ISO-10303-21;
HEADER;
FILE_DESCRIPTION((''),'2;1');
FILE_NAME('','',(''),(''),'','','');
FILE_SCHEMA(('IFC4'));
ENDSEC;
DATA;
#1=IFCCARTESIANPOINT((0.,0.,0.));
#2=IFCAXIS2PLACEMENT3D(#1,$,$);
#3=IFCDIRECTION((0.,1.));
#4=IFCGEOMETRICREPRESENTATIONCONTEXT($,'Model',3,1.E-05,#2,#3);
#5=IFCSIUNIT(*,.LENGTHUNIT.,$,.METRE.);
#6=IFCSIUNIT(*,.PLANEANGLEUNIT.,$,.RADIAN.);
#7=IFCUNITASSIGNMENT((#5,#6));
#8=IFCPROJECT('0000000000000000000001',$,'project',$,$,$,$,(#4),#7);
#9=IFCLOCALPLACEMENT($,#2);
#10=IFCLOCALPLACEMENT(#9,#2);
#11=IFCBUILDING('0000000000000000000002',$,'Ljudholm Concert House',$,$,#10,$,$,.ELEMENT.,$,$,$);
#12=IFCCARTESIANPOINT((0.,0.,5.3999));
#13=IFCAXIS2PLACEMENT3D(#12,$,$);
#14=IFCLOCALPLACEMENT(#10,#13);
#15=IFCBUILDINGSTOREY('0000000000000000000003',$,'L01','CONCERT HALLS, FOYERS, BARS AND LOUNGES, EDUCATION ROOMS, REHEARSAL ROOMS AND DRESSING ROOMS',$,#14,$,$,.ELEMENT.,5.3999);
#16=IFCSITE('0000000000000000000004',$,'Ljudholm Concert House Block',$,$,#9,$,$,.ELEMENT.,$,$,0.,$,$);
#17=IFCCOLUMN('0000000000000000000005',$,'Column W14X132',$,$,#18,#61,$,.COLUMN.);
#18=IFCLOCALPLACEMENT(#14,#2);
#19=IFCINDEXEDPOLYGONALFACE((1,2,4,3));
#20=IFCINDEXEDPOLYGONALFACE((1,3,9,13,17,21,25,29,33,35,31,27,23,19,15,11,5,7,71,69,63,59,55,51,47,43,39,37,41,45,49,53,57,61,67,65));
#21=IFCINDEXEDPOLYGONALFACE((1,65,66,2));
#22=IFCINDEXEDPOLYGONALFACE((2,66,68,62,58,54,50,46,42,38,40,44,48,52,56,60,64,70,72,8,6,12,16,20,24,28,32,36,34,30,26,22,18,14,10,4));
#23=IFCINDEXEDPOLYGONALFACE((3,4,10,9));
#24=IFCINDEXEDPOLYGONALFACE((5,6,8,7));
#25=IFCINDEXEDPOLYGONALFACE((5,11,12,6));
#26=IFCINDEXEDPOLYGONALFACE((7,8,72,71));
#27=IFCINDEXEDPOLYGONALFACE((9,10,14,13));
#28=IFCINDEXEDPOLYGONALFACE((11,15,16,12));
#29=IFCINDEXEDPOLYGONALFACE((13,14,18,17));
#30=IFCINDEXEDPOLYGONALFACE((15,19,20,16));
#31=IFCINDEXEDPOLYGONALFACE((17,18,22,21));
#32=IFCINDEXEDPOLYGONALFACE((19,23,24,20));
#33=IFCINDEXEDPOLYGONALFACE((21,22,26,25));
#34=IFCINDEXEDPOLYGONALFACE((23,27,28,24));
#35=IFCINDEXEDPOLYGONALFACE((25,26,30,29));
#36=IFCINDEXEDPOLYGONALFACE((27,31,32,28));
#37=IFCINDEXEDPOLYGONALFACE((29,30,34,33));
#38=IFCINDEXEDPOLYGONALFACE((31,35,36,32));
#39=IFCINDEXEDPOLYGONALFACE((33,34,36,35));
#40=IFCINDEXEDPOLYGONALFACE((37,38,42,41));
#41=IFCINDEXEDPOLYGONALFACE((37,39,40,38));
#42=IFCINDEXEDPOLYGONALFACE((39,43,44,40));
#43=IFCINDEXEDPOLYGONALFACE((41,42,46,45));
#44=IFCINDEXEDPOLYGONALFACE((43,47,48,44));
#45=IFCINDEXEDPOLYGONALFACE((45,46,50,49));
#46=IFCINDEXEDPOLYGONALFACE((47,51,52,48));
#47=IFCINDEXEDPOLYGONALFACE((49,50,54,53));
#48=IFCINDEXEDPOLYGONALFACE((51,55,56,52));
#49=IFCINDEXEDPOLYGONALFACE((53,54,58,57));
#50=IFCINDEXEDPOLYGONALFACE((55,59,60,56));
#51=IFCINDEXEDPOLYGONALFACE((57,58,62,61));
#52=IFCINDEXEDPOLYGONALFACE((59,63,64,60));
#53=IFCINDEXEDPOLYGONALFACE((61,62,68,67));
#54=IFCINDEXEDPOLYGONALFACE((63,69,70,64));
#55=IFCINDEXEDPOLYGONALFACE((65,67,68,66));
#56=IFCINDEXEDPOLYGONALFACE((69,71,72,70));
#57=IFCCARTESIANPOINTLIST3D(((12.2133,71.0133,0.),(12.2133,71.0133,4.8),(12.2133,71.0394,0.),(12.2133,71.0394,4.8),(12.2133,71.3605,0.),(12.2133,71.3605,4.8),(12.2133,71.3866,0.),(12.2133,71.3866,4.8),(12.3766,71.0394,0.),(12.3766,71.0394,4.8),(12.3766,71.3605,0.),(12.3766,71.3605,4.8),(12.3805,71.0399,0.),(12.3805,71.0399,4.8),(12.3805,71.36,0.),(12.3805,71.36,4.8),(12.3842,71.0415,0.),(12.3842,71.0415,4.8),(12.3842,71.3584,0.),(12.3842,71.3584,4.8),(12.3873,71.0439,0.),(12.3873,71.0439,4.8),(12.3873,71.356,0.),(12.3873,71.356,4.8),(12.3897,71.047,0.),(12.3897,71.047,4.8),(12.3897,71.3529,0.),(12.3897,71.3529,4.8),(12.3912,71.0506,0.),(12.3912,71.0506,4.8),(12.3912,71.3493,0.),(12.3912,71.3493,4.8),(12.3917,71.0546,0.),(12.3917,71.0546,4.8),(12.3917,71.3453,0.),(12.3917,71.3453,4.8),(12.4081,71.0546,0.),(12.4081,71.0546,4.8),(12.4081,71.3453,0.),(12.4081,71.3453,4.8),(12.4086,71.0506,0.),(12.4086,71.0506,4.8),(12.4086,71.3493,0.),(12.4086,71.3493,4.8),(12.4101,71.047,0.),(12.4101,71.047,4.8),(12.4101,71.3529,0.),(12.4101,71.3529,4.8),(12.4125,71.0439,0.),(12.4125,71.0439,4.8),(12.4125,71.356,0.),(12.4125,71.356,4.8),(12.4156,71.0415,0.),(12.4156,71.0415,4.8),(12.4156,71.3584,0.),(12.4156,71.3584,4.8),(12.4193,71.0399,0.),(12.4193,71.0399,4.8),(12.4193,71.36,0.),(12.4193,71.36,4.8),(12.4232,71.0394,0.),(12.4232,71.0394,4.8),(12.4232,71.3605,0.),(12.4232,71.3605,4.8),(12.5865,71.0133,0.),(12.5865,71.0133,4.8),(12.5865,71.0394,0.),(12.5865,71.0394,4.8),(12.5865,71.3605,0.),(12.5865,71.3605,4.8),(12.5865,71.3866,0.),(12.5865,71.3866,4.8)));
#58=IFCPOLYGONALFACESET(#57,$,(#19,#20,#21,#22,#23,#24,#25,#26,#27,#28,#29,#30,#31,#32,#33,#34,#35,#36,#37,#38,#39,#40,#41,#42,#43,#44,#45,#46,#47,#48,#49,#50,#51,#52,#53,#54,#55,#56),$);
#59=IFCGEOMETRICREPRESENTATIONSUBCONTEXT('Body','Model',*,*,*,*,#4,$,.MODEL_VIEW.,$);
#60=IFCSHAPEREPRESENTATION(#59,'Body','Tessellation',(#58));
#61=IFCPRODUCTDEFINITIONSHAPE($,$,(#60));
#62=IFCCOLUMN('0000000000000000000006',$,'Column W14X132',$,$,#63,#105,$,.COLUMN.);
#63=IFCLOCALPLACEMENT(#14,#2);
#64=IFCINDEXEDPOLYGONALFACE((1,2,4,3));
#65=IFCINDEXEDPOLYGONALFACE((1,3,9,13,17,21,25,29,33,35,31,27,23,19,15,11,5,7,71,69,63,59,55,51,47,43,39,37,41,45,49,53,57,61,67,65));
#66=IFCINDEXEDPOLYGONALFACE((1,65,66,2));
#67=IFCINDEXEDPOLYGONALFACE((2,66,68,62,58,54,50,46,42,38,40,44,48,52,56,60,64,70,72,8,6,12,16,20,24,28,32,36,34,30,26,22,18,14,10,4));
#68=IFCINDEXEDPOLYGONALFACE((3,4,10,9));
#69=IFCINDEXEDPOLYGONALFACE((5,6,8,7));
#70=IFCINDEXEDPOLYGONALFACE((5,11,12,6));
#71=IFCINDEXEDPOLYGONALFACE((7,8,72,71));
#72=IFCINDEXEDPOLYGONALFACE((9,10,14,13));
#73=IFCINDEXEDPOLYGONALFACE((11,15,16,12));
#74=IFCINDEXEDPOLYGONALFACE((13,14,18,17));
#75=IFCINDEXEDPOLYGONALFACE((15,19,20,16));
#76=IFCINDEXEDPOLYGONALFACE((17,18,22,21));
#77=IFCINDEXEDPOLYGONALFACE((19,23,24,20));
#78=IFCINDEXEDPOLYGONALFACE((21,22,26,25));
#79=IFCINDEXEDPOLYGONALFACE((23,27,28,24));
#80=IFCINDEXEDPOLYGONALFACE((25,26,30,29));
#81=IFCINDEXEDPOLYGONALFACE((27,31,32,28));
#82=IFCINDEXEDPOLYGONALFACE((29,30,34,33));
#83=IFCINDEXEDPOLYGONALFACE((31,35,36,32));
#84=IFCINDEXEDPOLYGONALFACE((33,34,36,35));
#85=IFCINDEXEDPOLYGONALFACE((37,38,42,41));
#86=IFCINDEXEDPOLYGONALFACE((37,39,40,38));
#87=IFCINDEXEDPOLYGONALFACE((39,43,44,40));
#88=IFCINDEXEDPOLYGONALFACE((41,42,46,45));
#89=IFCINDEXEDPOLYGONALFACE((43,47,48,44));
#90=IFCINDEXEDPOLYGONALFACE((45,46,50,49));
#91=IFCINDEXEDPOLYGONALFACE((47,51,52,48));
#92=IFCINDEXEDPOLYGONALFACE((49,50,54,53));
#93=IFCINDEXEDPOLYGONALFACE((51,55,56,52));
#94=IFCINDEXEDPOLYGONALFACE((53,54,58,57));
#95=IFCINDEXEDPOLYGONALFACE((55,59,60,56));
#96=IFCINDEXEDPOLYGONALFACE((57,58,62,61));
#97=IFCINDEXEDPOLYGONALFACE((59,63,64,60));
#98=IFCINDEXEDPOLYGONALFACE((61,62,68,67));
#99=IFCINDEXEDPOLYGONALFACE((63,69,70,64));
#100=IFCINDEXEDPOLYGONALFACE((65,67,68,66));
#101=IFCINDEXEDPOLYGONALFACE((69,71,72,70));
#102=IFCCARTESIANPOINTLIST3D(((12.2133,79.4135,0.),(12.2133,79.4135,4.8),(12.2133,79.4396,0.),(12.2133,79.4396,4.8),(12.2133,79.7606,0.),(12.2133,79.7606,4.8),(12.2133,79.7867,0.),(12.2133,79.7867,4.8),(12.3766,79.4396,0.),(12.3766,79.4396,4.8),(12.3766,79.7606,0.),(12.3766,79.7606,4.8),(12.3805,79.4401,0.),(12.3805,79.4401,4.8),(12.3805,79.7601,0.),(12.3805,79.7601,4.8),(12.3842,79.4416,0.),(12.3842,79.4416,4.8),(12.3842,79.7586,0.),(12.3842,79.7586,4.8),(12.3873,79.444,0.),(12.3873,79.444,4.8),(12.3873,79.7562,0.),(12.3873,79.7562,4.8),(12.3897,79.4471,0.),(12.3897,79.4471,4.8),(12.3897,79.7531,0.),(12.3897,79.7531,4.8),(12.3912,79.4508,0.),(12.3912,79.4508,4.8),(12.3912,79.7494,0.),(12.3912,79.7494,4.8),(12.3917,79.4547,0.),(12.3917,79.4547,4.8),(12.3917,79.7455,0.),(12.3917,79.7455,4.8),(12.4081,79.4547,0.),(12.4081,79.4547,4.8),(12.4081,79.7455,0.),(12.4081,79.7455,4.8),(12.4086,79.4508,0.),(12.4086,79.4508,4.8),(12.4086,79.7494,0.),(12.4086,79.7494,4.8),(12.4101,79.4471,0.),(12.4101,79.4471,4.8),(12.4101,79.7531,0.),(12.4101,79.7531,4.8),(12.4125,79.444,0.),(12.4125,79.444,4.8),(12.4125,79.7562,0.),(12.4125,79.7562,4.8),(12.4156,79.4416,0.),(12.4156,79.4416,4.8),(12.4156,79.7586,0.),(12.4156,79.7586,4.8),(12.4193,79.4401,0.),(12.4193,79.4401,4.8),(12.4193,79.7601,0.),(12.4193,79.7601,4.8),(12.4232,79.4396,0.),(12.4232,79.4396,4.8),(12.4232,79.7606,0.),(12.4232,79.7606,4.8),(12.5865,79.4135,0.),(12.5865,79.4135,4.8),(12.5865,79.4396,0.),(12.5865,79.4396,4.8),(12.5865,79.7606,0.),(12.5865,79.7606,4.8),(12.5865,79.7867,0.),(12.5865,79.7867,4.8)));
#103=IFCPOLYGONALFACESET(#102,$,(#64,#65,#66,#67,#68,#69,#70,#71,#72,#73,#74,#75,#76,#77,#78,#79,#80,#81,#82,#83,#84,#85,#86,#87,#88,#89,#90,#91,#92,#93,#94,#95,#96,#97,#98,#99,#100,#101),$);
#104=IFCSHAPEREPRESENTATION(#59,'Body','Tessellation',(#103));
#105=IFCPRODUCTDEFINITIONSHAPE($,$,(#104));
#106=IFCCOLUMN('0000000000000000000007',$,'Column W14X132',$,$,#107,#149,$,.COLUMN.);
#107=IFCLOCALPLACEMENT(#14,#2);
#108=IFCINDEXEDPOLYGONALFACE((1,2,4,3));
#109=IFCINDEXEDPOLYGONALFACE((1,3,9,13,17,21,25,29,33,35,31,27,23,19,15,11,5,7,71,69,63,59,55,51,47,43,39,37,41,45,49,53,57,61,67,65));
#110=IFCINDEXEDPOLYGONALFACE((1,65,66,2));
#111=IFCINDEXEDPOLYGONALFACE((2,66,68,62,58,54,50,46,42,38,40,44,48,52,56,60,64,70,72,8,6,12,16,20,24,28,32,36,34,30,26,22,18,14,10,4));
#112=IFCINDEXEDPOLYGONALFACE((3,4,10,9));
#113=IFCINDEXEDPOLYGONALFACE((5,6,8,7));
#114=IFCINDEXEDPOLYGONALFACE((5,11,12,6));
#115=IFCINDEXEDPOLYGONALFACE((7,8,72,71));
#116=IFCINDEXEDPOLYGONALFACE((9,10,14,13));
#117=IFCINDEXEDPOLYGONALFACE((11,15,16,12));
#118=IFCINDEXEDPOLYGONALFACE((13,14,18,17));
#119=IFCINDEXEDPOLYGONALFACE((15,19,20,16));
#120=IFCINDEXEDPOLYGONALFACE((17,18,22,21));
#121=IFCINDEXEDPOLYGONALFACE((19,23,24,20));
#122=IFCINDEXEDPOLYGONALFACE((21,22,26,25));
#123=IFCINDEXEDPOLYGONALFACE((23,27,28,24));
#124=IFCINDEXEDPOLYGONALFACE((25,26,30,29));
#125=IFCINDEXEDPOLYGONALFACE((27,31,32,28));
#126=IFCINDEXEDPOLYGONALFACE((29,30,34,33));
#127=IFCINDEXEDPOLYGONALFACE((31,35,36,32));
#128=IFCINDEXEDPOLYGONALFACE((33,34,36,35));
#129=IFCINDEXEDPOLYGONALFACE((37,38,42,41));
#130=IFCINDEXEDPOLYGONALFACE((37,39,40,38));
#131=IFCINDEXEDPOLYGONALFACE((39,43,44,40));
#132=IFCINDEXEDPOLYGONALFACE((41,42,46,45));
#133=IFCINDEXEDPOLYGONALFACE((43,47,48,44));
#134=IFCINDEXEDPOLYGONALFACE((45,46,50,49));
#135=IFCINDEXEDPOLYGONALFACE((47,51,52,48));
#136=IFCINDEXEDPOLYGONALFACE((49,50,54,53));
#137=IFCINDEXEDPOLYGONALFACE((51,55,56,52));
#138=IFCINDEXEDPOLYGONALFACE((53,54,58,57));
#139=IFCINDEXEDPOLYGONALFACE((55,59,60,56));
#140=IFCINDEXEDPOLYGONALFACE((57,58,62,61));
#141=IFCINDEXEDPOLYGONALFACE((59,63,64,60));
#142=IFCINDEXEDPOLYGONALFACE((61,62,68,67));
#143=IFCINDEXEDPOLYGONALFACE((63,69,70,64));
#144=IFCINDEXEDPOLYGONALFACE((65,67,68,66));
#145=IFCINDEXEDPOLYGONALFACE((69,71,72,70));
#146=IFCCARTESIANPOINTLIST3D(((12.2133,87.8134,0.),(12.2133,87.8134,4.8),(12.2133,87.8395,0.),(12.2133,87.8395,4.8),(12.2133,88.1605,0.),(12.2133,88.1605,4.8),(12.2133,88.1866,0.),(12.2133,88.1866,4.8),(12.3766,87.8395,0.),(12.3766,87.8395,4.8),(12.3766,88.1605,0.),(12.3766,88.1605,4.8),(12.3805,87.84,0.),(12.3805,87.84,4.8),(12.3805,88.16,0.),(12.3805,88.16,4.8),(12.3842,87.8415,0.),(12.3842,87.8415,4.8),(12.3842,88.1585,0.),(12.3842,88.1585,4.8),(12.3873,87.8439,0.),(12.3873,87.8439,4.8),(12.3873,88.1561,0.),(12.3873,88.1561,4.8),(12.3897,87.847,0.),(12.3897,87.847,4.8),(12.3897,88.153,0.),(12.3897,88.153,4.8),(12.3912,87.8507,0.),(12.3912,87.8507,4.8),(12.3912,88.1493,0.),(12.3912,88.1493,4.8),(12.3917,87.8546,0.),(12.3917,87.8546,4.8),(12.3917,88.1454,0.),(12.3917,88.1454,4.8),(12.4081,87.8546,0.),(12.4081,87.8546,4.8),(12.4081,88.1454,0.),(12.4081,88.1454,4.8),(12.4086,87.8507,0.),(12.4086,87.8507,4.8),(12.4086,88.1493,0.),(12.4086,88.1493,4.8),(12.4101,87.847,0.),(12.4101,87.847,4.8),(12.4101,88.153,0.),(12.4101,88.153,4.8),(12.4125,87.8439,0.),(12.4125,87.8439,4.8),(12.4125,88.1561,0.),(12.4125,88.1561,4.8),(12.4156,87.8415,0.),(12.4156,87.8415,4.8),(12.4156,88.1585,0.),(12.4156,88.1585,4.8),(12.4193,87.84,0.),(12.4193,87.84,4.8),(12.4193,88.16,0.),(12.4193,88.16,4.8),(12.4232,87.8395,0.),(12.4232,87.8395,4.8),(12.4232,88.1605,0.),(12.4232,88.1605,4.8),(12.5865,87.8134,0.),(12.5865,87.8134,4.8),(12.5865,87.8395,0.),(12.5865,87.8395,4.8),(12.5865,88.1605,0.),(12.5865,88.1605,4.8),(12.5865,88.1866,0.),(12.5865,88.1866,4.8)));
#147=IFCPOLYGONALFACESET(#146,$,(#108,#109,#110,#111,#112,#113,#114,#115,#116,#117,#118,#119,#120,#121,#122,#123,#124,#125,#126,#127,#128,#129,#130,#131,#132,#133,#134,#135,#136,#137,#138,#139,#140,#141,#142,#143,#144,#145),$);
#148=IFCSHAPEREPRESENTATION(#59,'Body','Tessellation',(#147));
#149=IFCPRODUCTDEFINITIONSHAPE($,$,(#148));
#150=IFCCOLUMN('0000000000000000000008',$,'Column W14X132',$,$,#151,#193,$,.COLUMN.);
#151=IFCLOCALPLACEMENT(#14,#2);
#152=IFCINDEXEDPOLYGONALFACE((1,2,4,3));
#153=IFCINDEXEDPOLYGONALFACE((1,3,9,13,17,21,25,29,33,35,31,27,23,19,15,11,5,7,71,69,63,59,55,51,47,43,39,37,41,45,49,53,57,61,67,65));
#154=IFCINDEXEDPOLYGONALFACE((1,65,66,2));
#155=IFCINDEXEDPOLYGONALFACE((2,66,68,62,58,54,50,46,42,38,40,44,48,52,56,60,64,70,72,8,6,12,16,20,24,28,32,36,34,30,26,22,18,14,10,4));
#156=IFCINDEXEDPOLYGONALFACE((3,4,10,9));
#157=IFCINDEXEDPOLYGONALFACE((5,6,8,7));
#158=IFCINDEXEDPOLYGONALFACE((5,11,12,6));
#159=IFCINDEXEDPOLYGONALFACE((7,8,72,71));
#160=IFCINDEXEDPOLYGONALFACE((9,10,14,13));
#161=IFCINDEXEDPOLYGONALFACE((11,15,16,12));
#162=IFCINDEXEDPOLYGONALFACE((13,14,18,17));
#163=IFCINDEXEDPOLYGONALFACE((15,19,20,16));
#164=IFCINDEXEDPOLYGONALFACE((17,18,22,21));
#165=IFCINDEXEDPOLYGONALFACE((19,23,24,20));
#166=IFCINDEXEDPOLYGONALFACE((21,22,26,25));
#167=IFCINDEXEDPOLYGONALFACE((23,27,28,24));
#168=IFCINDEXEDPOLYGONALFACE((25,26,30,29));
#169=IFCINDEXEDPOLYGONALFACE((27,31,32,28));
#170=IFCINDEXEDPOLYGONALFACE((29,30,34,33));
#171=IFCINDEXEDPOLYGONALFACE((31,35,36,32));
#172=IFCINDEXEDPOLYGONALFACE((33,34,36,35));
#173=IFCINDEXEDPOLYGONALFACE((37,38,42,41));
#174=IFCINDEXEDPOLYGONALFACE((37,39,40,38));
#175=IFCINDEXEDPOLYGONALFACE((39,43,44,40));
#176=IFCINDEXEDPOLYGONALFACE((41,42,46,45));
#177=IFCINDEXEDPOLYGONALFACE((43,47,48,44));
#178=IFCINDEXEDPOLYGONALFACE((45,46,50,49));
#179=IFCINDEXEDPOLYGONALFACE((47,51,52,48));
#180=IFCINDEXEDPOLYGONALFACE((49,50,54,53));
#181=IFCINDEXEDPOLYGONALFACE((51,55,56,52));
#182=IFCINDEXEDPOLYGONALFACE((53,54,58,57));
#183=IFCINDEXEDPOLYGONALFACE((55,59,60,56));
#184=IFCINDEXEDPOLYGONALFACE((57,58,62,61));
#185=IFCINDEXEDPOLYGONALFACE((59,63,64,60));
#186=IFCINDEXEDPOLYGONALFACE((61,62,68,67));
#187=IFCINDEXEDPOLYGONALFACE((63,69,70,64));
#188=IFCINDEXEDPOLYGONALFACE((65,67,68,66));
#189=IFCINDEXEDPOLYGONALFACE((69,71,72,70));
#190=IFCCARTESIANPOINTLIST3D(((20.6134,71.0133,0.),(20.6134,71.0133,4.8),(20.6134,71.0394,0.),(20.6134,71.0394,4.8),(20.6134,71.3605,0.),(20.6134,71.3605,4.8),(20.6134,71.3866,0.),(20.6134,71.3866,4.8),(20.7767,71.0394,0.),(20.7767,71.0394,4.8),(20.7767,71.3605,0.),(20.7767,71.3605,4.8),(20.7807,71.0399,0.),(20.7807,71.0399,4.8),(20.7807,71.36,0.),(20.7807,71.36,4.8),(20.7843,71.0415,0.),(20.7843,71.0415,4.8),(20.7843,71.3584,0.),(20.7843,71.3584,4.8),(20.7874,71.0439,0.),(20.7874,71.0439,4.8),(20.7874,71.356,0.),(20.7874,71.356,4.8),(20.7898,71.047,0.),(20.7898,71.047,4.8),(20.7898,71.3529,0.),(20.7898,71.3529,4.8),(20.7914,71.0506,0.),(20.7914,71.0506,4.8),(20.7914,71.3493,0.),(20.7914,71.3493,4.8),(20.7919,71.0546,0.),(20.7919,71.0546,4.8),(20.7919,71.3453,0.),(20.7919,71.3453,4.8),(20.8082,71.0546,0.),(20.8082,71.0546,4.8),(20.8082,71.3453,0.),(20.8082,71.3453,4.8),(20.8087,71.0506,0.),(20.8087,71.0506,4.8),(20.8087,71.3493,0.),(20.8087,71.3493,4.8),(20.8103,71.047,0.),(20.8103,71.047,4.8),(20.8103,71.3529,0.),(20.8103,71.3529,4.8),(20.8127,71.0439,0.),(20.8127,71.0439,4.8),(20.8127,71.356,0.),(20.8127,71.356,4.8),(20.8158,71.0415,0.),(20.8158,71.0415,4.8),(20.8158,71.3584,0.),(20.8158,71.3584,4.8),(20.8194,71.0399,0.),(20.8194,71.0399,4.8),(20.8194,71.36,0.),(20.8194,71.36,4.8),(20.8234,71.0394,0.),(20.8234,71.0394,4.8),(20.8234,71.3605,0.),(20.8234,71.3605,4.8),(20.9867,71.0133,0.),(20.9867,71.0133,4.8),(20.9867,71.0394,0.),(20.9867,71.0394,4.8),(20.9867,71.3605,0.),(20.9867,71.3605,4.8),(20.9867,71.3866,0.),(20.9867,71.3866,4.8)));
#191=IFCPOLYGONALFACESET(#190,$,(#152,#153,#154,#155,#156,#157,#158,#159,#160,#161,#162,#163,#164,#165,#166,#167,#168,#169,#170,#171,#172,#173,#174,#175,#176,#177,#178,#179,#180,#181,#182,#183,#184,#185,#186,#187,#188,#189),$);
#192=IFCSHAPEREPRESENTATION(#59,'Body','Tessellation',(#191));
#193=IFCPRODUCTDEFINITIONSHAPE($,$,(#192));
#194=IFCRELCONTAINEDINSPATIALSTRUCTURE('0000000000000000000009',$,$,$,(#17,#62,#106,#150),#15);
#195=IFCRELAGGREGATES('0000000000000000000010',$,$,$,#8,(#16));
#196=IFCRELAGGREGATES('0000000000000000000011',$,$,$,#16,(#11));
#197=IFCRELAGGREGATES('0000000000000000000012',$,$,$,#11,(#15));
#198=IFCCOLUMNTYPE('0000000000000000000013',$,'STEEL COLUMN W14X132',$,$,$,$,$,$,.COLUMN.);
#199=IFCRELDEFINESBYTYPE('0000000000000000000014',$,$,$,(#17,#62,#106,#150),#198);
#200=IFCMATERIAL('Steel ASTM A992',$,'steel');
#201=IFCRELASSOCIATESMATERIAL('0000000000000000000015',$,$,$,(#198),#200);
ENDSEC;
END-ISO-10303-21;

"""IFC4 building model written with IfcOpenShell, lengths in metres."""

from ifc_helpers import new_model, si_unit, direction, frame, origin, origin_2d, place, context, subcontext, project, spatial, i_section, extrude, material, material_profile, profile_set, type_object, element, save


model = new_model("IFC4")

# Units and contexts
model_context = context("Model", 3, precision=1e-05, world=origin(), true_north=direction((0.0, 1.0)))
body_context = subcontext(model_context, "Body", "Model", "MODEL_VIEW")
ifc_project = project(units=[si_unit("LENGTHUNIT", "METRE"), si_unit("PLANEANGLEUNIT", "RADIAN")], contexts=[model_context])

# Site, building, storey
site_placement = place(None, origin())
site = spatial("IfcSite", under=ifc_project, at=site_placement, Name="Ljudholm Concert House Block", CompositionType="ELEMENT", RefElevation=0.0)
building_placement = place(site_placement, origin())
building = spatial("IfcBuilding", under=site, at=building_placement, Name="Ljudholm Concert House", CompositionType="ELEMENT")
storey_placement = place(building_placement, frame((0.0, 0.0, 5.3999)))
storey = spatial("IfcBuildingStorey", under=building, at=storey_placement, Name="L01", Description="CONCERT HALLS, FOYERS, BARS AND LOUNGES, EDUCATION ROOMS, REHEARSAL ROOMS AND DRESSING ROOMS", CompositionType="ELEMENT", Elevation=5.3999)

# Columns
ifc_material_1 = material(Name="Steel ASTM A992", Category="steel")
ifc_material_profile_1 = material_profile(ifc_material_1, i_section(OverallWidth=0.3733, OverallDepth=0.3733, WebThickness=0.0164, FlangeThickness=0.0261, FilletRadius=0.0151, at=origin_2d()), Name="W14X132")
ifc_profile_set_1 = profile_set([ifc_material_profile_1], Name="Steel ASTM A992")
column_type = type_object("IfcColumnType", Name="STEEL COLUMN W14X132", PredefinedType="COLUMN", material=ifc_profile_set_1)
for number, where, z_axis, x_axis, name in (
    (1, (12.3999, 71.2, 0.0), (0.0, 0.0, 1.0), (1.0, 0.0, 0.0), "Column W14X132"),
    (2, (12.3999, 79.6001, 0.0), (0.0, 0.0, 1.0), (1.0, 0.0, 0.0), "Column W14X132"),
    (3, (12.3999, 88.0, 0.0), (0.0, 0.0, 1.0), (1.0, 0.0, 0.0), "Column W14X132"),
    (4, (20.8, 71.2, 0.0), (0.0, 0.0, 1.0), (1.0, 0.0, 0.0), "Column W14X132"),
):
    element("IfcColumn", number, at=place(storey_placement, frame(where, z_axis=z_axis, x_axis=x_axis)), inside=storey, type_object=column_type, Name=name, PredefinedType="COLUMN", context=body_context, shape_type="SweptSolid", body=[
        extrude(i_section(OverallWidth=0.3733, OverallDepth=0.3733, WebThickness=0.0164, FlangeThickness=0.0261, FilletRadius=0.0151, at=origin_2d()), origin(), (0.0, 0.0, 1.0), 4.8),
    ])

save(model, "model.ifc")
